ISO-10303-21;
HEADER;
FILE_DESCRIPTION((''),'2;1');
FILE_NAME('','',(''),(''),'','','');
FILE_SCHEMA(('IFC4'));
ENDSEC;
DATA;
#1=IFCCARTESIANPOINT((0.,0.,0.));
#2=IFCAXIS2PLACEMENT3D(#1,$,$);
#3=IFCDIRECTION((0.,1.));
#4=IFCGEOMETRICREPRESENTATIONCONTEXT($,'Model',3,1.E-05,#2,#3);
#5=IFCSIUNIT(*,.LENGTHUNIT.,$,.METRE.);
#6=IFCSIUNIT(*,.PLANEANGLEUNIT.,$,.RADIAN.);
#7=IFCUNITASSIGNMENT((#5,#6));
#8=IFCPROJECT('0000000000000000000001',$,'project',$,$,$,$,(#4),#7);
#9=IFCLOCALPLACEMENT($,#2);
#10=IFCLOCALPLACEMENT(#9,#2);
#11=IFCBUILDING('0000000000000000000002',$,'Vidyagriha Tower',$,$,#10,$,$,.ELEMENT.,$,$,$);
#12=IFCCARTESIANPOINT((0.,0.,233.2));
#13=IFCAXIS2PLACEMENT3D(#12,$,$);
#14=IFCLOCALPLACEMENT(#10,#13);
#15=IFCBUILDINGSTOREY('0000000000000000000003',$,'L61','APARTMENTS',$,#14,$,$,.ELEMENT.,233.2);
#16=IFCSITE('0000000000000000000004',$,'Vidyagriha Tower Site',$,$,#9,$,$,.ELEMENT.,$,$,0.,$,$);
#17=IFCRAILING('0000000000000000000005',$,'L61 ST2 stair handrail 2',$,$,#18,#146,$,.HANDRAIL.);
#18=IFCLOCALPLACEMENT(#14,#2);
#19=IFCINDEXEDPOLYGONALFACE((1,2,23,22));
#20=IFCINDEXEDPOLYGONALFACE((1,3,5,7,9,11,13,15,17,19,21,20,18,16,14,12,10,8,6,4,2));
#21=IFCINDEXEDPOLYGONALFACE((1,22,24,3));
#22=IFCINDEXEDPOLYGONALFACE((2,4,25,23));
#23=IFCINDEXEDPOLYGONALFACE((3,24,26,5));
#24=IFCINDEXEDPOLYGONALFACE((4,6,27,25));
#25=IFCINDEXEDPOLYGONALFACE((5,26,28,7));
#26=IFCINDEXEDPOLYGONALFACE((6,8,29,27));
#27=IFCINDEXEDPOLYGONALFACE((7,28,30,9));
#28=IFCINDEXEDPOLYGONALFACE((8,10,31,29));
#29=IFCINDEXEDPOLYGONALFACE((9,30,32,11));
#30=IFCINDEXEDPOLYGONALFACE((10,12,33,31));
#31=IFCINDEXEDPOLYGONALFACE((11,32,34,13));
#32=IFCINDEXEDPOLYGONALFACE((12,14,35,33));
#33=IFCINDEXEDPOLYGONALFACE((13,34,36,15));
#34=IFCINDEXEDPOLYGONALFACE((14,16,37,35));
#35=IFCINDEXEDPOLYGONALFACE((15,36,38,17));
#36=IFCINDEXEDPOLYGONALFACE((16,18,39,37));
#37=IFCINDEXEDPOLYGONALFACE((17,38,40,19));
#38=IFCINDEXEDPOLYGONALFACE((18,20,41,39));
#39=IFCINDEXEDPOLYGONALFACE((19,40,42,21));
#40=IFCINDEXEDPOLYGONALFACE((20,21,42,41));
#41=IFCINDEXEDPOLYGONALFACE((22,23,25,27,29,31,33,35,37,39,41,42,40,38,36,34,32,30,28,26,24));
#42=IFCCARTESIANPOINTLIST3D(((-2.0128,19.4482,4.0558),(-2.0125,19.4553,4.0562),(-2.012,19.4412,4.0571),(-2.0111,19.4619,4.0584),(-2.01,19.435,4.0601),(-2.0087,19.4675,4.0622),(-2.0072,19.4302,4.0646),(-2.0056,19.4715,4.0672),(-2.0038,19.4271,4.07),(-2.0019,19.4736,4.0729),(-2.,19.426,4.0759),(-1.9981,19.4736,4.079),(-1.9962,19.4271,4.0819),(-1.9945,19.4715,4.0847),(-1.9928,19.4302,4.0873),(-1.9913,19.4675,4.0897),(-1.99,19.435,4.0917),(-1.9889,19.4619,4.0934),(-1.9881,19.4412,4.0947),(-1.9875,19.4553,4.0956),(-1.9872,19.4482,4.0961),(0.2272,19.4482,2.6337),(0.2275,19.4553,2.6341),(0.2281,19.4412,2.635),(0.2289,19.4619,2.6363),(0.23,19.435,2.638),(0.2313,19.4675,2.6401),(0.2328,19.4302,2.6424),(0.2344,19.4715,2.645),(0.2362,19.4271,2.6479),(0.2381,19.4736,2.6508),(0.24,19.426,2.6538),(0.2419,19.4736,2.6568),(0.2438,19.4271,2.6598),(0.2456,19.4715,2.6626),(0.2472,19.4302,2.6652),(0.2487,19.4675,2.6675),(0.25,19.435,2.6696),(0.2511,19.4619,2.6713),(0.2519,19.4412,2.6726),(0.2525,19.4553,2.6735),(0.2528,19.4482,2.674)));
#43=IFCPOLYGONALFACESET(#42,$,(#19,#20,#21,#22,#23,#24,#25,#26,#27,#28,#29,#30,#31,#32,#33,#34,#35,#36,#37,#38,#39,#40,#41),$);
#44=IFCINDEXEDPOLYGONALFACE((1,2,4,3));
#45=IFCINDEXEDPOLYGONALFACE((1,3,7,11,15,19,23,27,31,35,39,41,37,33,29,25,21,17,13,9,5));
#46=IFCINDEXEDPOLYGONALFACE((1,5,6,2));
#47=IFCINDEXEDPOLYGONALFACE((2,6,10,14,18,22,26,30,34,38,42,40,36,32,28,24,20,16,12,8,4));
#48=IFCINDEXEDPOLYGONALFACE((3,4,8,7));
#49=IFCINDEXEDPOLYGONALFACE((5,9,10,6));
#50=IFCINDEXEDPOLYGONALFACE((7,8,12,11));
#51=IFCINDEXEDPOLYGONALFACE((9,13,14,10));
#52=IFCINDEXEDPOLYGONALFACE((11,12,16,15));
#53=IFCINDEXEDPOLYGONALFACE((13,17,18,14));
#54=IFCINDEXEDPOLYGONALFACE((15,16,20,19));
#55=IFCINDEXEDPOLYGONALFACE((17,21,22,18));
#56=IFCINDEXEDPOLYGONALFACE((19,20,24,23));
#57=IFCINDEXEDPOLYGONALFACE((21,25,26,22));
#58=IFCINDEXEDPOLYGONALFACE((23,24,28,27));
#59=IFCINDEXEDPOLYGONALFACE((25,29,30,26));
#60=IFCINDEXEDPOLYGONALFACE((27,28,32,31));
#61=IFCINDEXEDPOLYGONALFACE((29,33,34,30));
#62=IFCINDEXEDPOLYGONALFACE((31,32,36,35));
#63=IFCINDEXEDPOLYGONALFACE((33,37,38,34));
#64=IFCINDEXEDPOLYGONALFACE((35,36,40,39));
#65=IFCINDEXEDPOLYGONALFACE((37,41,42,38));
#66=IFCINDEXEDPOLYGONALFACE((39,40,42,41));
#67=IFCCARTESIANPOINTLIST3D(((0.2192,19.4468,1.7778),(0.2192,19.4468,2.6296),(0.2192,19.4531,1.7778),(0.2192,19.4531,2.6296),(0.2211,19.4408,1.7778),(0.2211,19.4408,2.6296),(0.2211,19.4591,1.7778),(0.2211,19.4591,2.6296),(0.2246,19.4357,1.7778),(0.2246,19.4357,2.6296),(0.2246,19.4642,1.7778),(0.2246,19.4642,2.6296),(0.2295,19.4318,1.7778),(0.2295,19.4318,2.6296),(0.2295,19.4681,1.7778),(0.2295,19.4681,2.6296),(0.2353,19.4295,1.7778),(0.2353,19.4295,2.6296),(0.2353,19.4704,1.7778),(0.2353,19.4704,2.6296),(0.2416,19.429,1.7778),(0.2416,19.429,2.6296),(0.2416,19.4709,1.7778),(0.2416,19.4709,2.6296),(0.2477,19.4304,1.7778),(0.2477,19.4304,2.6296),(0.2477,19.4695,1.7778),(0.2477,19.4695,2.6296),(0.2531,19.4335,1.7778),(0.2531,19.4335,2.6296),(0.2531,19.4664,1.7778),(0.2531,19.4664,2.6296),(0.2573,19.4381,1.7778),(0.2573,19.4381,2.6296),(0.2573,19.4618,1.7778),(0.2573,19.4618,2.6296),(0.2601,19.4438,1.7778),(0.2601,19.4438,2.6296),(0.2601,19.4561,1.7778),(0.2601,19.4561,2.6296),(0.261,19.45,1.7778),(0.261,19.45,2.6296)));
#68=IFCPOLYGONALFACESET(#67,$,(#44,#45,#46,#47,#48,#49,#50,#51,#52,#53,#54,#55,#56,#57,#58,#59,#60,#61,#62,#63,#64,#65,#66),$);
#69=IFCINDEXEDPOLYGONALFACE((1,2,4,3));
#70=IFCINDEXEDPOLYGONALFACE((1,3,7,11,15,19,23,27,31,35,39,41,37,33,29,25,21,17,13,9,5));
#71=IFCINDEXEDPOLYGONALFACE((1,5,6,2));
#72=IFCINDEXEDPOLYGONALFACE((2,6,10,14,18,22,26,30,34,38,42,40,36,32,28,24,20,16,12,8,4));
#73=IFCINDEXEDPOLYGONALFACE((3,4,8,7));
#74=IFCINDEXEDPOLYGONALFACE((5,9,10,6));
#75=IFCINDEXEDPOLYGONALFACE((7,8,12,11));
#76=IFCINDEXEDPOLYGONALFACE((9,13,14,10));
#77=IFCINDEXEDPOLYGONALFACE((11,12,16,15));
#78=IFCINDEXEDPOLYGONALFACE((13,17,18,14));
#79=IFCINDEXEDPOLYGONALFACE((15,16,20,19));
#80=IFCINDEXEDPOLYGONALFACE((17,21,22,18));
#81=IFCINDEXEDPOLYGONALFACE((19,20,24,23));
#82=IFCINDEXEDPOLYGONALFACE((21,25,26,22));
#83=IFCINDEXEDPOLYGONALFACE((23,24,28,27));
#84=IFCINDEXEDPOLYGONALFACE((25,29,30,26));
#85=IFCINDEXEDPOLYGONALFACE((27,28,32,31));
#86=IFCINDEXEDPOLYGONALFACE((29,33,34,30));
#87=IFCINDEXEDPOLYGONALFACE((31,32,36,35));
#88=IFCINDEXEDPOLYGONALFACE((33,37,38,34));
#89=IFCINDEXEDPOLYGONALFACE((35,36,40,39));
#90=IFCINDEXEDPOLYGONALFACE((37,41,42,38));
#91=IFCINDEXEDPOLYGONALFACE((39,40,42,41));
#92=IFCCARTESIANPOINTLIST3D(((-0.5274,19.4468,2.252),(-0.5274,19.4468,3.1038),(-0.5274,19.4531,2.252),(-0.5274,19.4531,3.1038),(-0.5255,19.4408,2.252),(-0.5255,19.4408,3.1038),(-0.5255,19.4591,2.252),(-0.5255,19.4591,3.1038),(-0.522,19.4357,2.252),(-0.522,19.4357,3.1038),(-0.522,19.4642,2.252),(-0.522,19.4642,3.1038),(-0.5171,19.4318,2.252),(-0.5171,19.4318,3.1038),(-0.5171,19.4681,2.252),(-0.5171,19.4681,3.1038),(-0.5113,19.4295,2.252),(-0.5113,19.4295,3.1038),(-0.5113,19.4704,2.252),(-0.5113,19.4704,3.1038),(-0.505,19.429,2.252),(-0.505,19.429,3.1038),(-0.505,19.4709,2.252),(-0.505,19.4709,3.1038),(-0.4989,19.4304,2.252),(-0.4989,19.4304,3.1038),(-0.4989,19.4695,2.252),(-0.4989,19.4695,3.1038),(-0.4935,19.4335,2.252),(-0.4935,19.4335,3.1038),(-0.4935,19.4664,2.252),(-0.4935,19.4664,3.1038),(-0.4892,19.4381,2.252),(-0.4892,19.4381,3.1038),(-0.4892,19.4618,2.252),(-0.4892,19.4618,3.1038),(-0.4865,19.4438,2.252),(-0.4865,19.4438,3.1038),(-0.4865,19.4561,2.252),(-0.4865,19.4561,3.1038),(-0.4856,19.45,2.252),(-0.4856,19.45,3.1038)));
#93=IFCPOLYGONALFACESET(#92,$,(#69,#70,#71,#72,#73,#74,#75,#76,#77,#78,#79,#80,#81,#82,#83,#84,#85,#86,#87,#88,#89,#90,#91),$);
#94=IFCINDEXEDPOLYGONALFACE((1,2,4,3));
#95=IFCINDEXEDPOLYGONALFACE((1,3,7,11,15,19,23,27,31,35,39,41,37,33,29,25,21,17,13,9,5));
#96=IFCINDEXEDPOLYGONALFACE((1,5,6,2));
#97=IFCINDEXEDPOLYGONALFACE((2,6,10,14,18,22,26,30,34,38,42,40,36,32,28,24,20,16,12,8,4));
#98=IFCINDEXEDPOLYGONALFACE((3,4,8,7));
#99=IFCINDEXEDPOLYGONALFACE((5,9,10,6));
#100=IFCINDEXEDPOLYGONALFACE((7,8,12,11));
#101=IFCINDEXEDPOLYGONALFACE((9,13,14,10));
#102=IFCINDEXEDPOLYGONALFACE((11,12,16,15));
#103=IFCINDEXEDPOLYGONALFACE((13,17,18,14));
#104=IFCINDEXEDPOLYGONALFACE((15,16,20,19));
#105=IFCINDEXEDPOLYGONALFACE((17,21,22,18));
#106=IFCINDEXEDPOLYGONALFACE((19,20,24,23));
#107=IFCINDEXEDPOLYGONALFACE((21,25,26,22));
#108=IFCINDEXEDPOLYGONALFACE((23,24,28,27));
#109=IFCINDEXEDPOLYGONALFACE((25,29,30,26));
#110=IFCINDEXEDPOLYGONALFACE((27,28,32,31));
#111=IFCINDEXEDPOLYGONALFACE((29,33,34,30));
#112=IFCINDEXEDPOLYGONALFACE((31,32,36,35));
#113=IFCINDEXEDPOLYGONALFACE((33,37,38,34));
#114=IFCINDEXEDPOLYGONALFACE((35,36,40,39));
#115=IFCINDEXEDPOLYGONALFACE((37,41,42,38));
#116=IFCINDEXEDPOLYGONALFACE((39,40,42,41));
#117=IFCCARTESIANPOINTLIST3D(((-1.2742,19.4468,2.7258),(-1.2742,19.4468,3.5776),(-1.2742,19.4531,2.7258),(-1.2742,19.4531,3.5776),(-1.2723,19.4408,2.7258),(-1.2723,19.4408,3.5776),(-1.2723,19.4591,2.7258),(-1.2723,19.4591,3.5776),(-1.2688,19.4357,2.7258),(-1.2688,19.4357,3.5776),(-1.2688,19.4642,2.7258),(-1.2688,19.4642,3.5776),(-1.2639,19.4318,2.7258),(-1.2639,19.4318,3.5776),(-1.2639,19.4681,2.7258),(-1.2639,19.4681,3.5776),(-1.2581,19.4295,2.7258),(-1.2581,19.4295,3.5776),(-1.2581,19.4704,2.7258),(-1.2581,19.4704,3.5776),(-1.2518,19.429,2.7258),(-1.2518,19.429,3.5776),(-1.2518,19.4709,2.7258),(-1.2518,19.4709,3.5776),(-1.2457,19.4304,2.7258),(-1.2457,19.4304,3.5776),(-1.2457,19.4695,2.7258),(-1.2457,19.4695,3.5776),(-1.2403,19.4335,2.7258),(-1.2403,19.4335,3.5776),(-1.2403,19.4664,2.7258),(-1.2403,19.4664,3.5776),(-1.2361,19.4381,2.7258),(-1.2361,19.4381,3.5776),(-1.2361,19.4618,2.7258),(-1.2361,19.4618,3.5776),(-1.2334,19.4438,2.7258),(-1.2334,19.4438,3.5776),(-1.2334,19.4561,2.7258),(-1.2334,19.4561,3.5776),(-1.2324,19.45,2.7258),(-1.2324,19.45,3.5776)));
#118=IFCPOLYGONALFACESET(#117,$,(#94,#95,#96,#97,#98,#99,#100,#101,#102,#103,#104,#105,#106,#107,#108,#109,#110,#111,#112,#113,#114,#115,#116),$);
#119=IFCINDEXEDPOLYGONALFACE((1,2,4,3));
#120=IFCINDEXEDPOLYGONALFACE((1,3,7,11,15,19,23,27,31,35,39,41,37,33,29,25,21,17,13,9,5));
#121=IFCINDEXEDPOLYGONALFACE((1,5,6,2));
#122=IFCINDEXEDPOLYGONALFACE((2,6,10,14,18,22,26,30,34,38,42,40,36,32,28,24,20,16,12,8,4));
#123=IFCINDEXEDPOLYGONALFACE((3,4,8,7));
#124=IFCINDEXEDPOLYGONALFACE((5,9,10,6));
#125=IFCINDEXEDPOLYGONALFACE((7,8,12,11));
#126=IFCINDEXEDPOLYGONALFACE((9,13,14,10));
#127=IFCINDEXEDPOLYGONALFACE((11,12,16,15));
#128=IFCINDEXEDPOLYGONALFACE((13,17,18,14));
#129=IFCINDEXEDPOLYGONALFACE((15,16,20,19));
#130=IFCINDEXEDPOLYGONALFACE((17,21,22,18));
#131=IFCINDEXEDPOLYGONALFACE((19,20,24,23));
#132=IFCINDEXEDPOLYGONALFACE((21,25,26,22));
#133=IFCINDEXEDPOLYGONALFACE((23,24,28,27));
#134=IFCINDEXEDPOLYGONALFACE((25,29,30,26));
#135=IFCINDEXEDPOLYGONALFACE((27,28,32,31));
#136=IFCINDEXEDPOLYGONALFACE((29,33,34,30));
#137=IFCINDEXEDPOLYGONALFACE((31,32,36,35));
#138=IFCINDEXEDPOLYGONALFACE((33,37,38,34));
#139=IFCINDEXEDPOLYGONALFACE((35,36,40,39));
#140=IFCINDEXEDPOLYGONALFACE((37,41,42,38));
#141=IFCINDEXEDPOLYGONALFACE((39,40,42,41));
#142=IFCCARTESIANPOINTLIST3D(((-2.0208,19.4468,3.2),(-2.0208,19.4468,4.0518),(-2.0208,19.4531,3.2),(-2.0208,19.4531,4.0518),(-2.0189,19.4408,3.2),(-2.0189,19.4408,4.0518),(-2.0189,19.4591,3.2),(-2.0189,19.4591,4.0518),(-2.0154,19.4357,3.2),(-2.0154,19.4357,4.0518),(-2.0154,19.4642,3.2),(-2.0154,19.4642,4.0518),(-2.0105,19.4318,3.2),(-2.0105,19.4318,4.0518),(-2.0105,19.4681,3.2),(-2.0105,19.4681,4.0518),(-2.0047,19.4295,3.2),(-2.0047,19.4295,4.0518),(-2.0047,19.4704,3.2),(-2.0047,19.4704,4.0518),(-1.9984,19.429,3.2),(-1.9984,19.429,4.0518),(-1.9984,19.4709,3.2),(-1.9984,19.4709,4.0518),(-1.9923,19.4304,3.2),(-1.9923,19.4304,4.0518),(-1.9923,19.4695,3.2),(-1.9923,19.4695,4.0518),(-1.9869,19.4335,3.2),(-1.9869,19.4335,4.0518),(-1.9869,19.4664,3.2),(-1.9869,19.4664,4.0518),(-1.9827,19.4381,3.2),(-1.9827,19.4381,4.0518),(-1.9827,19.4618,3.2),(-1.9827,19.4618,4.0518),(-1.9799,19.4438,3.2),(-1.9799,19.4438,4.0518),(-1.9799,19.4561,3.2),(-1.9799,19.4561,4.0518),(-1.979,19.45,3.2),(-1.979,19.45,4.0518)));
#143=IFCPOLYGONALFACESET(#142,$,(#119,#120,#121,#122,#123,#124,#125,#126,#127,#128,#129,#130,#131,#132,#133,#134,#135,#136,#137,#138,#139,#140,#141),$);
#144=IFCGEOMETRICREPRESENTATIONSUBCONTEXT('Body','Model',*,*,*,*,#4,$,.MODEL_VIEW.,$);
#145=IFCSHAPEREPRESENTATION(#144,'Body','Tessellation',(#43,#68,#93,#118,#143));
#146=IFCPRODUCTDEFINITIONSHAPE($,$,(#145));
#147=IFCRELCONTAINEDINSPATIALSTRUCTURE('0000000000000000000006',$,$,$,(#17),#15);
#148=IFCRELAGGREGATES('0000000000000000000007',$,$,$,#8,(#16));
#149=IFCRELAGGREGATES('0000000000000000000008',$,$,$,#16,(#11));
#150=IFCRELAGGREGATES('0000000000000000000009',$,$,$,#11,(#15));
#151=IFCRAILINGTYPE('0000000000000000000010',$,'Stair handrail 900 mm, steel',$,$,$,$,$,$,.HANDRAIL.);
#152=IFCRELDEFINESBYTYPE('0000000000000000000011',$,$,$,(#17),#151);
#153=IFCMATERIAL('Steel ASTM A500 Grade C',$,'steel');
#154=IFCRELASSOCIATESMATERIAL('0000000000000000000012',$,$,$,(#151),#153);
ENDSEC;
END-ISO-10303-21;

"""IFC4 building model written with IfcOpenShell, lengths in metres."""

from ifc_helpers import new_model, si_unit, direction, frame, origin, origin_2d, place, context, subcontext, project, spatial, circle, extrude, material, type_object, element, save


model = new_model("IFC4")

# Units and contexts
model_context = context("Model", 3, precision=1e-05, world=origin(), true_north=direction((0.0, 1.0)))
body_context = subcontext(model_context, "Body", "Model", "MODEL_VIEW")
ifc_project = project(units=[si_unit("LENGTHUNIT", "METRE"), si_unit("PLANEANGLEUNIT", "RADIAN")], contexts=[model_context])

# Site, building, storey
site_placement = place(None, origin())
site = spatial("IfcSite", under=ifc_project, at=site_placement, Name="Vidyagriha Tower Site", CompositionType="ELEMENT", RefElevation=0.0)
building_placement = place(site_placement, origin())
building = spatial("IfcBuilding", under=site, at=building_placement, Name="Vidyagriha Tower", CompositionType="ELEMENT")
storey_placement = place(building_placement, frame((0.0, 0.0, 233.2)))
storey = spatial("IfcBuildingStorey", under=building, at=storey_placement, Name="L61", Description="APARTMENTS", CompositionType="ELEMENT", Elevation=233.2)

# Railing
ifc_material_1 = material(Name="Steel ASTM A500 Grade C", Category="steel")
railing_type_1 = type_object("IfcRailingType", Name="Stair handrail 900 mm, steel", PredefinedType="HANDRAIL", material=ifc_material_1)
railing_1_placement = place(storey_placement, frame((0.24, 19.45, 1.7778)))
element("IfcRailing", 1, at=railing_1_placement, inside=storey, type_object=railing_type_1, Name="L61 ST2 stair handrail 2", PredefinedType="HANDRAIL", context=body_context, shape_type="SweptSolid", body=[
    extrude(circle(Radius=0.0239, at=origin_2d()), frame((0.0, 0.0, 0.876), z_axis=(-0.844229, 0.0, 0.535982), x_axis=(0.0, -1.0, 0.0)), (0.0, 0.0, 1.0), 2.6533),
    extrude(circle(Radius=0.021, at=origin_2d()), origin(), (0.0, 0.0, 1.0), 0.8518),
    extrude(circle(Radius=0.021, at=origin_2d()), frame((-0.7466, 0.0, 0.4741)), (0.0, 0.0, 1.0), 0.8518),
    extrude(circle(Radius=0.021, at=origin_2d()), frame((-1.4934, 0.0, 0.948)), (0.0, 0.0, 1.0), 0.8518),
    extrude(circle(Radius=0.021, at=origin_2d()), frame((-2.24, 0.0, 1.4221)), (0.0, 0.0, 1.0), 0.8518),
])

save(model, "model.ifc")
